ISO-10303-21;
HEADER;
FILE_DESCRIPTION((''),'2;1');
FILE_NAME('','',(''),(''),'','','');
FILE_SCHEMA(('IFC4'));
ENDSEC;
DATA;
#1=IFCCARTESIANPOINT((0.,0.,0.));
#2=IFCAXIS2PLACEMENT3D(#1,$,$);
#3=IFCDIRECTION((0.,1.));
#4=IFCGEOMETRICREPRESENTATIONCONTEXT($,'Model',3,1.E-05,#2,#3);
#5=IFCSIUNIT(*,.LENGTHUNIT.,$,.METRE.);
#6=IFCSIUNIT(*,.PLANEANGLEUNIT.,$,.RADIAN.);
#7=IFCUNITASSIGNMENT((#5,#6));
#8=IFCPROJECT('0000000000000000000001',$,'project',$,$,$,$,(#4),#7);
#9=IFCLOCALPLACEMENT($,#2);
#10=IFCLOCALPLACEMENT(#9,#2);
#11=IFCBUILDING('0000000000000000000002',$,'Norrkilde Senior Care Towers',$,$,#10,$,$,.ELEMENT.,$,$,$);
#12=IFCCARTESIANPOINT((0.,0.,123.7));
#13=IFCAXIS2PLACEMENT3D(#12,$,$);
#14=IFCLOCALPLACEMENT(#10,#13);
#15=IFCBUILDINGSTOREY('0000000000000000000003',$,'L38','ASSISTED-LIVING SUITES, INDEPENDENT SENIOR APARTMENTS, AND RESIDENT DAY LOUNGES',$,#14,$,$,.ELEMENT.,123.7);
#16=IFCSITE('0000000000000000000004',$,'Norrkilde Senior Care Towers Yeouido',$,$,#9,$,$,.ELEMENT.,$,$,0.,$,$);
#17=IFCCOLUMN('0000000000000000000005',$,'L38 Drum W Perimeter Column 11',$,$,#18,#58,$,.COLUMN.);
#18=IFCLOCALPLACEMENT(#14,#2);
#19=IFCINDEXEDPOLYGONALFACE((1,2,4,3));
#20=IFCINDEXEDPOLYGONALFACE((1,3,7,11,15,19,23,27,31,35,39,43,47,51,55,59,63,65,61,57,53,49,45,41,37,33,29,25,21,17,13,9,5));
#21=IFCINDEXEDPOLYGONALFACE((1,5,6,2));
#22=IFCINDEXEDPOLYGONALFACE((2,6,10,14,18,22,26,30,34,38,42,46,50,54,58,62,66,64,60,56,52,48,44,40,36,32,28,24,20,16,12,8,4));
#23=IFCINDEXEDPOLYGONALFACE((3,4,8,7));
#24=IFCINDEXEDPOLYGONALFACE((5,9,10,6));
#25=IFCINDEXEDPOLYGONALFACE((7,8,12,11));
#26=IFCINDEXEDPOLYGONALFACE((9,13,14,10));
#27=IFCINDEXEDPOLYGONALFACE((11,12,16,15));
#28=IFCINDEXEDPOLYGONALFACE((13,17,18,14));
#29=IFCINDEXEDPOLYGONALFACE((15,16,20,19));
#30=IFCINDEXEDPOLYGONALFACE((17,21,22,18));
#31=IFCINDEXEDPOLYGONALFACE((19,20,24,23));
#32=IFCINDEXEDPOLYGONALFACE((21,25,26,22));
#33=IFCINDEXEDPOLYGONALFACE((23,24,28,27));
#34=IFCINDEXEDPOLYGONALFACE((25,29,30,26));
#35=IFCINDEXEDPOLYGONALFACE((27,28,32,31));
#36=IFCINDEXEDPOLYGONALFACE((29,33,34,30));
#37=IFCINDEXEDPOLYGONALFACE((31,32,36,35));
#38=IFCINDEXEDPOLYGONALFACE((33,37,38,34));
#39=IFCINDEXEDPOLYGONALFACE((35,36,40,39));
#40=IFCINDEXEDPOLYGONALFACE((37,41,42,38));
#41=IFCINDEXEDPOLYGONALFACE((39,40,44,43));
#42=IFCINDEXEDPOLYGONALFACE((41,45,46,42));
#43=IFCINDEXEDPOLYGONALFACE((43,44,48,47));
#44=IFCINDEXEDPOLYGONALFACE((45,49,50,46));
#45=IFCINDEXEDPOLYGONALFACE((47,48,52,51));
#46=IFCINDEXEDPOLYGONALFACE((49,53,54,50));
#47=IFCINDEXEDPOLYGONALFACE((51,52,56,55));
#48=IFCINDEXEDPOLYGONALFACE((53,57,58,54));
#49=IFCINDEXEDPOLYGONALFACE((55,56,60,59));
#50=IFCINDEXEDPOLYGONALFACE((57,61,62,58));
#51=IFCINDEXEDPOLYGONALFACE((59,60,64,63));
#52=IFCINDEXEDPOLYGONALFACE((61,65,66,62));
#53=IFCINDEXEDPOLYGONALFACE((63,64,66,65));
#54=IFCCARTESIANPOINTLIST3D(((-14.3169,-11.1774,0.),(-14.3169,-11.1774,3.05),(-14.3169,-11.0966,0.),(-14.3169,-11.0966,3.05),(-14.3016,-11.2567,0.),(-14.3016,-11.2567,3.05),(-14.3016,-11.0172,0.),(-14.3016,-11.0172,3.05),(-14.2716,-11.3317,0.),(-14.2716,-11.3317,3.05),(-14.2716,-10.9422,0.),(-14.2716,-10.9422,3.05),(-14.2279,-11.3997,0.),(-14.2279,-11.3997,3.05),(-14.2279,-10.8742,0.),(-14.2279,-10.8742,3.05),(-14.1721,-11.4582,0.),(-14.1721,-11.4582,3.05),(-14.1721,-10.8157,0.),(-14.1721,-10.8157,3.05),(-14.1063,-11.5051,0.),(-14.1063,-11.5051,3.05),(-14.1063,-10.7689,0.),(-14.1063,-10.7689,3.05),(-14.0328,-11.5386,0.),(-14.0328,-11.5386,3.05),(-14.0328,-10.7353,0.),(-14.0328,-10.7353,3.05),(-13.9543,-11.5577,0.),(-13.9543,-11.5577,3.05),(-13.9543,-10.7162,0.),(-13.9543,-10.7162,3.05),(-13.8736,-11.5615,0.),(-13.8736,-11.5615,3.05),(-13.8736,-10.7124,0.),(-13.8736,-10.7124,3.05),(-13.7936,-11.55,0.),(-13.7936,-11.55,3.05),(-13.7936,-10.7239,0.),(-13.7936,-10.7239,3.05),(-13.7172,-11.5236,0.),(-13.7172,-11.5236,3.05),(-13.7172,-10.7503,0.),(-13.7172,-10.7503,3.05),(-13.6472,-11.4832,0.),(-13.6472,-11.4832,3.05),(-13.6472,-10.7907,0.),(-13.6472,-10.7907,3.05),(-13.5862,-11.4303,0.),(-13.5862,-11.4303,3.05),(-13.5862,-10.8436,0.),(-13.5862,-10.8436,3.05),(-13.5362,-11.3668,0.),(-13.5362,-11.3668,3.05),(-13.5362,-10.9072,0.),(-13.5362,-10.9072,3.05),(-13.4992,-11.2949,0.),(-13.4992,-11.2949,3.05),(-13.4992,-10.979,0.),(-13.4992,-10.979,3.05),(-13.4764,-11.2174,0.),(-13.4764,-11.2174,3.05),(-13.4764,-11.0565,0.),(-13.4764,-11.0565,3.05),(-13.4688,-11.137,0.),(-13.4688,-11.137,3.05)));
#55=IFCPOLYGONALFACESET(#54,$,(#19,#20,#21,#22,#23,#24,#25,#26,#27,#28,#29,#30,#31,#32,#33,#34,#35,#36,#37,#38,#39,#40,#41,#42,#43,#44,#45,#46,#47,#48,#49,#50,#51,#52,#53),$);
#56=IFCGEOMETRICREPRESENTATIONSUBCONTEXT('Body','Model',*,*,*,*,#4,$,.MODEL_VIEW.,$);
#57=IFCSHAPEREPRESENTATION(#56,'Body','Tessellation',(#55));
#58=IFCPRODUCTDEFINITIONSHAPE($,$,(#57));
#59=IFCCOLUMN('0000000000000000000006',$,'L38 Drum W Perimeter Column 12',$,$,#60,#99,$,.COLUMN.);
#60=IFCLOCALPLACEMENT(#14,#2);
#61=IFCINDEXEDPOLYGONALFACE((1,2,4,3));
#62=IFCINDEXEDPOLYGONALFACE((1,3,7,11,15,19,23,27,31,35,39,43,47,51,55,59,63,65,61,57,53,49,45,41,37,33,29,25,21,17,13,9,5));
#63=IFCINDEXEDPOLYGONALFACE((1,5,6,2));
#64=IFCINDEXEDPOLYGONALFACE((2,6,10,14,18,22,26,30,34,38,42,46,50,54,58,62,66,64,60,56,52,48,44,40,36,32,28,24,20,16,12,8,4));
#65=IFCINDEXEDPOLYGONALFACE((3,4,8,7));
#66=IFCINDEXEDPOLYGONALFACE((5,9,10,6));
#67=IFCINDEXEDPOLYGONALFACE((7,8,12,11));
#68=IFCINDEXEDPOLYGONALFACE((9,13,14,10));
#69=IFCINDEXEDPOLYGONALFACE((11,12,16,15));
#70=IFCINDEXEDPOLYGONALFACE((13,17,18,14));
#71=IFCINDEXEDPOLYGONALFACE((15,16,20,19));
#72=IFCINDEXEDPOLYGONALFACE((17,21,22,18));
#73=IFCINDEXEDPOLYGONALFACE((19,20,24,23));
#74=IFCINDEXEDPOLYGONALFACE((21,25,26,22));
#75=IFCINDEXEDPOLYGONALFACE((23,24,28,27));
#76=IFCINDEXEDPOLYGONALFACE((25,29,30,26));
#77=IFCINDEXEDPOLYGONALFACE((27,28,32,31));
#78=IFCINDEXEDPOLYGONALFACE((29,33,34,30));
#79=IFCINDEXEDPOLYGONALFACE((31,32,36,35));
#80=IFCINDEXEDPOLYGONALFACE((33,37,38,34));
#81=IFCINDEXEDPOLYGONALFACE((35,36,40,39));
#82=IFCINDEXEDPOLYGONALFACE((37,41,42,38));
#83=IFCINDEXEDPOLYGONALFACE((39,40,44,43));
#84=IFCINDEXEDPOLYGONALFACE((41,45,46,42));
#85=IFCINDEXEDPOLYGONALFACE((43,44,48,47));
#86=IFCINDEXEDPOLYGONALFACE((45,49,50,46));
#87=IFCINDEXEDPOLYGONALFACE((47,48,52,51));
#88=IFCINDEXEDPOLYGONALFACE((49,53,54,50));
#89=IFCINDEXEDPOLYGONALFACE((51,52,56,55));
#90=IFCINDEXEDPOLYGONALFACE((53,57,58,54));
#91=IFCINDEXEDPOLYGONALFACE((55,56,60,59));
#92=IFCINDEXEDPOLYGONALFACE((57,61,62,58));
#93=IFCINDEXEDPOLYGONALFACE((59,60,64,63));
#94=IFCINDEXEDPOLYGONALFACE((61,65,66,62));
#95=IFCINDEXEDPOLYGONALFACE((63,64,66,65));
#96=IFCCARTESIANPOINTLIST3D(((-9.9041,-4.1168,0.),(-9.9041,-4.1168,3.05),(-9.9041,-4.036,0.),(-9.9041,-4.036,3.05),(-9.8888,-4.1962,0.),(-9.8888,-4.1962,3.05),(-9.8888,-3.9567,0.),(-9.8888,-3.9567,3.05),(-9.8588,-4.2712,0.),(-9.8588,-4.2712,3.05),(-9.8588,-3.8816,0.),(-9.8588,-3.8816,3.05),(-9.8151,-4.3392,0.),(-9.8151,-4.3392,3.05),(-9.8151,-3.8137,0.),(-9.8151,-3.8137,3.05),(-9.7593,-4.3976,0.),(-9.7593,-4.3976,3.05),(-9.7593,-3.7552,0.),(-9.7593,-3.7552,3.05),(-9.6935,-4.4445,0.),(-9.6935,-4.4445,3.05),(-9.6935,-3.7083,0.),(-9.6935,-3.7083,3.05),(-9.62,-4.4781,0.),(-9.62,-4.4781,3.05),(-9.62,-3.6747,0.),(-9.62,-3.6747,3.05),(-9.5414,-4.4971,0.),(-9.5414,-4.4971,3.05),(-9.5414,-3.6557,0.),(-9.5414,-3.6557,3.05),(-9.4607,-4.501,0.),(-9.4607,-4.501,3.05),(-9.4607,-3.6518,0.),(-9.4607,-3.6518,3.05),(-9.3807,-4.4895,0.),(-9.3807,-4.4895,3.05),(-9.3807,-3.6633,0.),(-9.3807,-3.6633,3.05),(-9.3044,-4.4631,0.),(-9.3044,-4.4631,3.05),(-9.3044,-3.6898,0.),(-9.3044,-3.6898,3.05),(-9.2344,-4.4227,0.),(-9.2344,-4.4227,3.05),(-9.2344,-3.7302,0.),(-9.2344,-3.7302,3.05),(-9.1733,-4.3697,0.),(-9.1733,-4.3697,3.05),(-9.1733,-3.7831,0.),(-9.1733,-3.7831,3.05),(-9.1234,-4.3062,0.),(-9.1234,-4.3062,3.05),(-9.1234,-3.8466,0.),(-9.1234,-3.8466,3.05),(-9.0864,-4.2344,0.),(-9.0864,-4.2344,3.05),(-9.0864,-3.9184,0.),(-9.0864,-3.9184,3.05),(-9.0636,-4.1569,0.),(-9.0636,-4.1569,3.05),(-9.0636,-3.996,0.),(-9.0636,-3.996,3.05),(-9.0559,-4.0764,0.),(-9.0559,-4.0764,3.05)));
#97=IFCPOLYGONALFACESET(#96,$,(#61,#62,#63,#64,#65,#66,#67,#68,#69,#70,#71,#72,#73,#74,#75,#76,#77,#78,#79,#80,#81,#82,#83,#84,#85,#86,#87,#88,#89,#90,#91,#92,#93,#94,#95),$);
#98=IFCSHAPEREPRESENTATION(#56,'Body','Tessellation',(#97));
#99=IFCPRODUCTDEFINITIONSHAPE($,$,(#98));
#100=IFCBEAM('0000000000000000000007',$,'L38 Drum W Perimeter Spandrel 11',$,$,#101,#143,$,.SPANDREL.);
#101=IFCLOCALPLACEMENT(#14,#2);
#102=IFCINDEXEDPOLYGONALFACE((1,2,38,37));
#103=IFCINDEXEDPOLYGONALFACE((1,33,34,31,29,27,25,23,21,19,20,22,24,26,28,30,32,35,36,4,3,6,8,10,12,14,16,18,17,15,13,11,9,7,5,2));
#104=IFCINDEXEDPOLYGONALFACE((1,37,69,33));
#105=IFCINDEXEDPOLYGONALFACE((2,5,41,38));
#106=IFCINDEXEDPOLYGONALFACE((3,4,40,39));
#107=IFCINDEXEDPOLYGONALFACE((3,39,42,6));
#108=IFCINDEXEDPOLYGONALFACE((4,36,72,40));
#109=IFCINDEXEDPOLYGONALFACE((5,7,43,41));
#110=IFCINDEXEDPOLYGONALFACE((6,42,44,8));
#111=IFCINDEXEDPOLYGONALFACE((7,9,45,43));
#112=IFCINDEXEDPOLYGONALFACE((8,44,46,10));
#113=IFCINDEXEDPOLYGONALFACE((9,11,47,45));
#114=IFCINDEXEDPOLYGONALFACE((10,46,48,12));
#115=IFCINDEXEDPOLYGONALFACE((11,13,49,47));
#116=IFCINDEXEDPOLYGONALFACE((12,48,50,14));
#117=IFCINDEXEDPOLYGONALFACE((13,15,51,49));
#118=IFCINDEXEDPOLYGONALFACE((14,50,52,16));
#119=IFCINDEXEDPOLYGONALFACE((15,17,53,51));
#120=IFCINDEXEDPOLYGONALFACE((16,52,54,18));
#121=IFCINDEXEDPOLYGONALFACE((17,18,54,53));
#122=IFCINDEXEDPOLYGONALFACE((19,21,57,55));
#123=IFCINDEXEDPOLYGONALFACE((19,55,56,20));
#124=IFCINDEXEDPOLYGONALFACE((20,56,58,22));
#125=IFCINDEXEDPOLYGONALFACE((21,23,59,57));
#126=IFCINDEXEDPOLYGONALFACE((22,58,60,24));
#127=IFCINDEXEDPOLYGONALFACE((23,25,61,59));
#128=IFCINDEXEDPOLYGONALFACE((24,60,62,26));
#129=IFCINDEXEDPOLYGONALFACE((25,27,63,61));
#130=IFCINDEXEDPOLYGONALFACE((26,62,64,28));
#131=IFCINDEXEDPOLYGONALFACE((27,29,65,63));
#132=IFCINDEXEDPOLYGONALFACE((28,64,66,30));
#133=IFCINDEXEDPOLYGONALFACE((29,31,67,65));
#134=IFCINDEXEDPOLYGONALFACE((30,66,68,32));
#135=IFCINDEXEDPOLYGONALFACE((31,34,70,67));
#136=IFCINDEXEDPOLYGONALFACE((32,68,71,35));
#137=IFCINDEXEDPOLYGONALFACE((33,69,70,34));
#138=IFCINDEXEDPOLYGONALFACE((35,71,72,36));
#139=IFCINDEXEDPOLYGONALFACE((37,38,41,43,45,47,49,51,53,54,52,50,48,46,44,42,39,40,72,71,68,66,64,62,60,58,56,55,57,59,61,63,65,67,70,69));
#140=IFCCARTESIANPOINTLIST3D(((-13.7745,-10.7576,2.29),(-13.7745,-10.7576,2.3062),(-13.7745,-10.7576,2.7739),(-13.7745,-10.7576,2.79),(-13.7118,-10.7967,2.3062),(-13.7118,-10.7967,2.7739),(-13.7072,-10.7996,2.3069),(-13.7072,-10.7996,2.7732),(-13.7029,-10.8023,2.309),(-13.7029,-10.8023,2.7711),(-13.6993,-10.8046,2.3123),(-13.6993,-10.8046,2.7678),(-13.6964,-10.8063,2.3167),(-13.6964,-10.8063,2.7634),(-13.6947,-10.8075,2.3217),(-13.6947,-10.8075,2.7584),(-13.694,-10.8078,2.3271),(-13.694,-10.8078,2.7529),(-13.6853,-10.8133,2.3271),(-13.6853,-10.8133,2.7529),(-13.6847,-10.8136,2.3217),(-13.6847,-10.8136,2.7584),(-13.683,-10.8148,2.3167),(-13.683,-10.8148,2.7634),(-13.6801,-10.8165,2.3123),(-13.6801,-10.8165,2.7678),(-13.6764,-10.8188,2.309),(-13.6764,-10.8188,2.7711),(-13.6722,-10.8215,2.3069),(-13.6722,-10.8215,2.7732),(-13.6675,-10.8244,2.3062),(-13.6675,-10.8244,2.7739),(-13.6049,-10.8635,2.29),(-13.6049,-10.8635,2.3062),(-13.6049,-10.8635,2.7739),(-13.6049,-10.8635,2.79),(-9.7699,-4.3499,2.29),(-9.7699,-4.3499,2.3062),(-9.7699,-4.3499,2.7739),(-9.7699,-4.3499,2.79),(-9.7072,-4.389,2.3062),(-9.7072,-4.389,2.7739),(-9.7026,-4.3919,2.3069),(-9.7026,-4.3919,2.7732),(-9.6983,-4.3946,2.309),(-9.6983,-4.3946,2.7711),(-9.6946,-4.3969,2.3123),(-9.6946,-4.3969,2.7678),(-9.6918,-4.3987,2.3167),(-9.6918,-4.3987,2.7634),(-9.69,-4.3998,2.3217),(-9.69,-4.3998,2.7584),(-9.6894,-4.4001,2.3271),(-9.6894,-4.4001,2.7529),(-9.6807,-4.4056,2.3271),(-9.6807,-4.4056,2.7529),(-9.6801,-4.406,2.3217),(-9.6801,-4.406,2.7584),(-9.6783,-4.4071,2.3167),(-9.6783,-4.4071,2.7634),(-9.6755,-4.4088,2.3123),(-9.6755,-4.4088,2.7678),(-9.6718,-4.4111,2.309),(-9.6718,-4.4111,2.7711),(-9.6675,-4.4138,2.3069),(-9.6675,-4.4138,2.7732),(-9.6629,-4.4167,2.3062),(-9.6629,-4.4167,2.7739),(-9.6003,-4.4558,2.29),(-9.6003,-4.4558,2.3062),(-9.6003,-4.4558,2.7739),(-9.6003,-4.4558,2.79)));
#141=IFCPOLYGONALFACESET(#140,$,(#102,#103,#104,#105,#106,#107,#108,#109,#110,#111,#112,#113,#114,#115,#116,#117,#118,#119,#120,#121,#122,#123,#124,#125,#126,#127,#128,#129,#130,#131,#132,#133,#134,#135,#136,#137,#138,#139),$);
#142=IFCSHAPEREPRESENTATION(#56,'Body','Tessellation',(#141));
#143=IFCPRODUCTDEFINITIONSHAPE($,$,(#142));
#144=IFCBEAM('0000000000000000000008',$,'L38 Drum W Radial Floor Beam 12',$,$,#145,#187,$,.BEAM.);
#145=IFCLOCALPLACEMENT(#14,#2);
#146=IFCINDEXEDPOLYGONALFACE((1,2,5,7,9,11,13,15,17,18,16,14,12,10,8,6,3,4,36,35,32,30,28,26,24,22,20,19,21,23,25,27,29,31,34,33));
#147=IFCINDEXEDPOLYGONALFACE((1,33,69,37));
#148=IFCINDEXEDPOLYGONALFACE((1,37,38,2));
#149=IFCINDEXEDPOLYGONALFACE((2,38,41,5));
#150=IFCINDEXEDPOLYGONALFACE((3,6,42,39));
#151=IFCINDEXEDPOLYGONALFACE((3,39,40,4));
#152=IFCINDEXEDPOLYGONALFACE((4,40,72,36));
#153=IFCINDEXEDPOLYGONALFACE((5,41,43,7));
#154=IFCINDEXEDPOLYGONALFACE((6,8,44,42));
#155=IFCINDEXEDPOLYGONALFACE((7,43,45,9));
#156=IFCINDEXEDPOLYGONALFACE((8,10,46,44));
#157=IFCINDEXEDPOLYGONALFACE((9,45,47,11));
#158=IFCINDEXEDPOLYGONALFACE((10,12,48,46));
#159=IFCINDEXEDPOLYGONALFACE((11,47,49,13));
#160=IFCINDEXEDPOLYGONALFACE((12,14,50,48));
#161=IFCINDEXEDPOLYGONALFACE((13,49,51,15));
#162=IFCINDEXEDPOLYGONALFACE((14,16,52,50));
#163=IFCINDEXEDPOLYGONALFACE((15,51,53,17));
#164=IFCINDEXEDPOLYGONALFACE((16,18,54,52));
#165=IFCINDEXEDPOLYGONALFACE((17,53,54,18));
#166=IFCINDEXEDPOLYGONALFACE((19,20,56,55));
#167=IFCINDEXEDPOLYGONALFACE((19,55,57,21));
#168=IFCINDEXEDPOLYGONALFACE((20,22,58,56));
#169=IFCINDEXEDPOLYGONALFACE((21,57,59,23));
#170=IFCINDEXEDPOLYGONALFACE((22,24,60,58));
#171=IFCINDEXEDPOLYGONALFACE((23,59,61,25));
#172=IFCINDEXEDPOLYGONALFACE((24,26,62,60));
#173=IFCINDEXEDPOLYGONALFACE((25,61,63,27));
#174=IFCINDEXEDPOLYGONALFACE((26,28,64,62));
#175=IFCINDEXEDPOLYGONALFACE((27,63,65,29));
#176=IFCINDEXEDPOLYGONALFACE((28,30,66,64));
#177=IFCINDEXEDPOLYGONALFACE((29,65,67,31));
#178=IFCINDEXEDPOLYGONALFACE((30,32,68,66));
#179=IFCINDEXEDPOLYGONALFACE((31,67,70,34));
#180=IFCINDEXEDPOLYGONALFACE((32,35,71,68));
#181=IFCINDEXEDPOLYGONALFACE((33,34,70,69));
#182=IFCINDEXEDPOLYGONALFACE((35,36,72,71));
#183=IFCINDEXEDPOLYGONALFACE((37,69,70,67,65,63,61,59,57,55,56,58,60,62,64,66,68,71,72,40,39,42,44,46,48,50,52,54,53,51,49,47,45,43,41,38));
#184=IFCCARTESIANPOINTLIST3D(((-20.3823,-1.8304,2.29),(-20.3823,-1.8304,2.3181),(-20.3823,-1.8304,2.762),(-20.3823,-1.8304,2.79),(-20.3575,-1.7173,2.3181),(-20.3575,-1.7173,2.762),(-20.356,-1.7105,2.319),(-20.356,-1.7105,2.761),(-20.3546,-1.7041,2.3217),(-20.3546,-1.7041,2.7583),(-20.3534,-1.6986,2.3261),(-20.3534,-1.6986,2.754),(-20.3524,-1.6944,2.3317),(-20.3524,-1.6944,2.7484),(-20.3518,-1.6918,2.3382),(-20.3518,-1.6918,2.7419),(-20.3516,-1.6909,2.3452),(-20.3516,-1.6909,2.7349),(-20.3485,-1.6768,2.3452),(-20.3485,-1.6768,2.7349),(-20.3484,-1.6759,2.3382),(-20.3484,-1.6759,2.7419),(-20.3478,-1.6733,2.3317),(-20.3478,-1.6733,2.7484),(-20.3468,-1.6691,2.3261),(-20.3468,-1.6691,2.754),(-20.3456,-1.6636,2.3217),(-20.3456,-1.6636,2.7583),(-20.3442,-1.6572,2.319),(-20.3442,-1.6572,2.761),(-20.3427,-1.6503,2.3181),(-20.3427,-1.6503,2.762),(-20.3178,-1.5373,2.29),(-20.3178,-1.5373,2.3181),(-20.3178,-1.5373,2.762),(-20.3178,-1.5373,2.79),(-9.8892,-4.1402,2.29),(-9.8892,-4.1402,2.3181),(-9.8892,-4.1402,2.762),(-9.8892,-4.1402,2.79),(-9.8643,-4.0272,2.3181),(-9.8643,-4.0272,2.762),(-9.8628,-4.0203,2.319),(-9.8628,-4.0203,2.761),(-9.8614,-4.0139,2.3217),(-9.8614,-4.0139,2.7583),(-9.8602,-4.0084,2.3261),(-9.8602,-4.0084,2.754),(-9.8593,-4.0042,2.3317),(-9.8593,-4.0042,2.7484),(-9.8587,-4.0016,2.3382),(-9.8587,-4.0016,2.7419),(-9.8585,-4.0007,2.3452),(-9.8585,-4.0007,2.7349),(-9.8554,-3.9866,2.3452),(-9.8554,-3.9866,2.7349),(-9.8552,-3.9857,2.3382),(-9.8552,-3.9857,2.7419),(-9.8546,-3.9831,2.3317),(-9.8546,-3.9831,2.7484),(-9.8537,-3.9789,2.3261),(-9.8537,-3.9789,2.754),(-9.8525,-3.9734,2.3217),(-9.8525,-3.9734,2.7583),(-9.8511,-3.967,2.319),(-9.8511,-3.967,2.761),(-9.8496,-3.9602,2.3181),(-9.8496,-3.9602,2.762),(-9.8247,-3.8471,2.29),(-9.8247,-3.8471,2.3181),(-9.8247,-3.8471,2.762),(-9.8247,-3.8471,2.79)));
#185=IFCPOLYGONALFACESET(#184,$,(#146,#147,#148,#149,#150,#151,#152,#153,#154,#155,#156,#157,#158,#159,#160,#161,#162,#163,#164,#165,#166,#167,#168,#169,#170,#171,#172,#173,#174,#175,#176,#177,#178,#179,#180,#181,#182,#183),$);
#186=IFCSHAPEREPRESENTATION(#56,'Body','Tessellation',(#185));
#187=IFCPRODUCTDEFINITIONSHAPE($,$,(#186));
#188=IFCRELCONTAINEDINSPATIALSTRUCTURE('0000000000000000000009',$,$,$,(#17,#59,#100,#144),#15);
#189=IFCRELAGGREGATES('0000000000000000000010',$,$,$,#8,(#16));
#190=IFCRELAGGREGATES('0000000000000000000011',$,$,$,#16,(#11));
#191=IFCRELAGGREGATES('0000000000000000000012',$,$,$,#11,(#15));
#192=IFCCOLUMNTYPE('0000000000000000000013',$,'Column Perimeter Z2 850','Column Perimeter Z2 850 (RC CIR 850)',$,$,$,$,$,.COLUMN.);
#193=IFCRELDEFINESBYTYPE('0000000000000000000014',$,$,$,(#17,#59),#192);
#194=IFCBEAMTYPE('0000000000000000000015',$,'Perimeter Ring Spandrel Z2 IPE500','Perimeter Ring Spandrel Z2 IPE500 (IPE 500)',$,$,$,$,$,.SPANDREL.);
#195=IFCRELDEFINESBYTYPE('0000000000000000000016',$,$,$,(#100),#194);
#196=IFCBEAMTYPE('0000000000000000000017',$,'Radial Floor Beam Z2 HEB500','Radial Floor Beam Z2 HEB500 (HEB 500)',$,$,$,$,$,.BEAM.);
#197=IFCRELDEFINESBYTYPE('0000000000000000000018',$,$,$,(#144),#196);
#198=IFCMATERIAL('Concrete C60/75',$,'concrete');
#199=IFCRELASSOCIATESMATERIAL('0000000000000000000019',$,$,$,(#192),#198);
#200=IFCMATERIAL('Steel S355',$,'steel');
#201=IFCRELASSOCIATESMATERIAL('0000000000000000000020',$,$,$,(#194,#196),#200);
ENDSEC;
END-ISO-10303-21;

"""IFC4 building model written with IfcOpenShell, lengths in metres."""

from ifc_helpers import new_model, si_unit, direction, frame, origin, origin_2d, place, context, subcontext, project, spatial, circle, i_section, extrude, source, transform, mapped, material, material_profile, profile_set, type_object, type_shapes, element, save


model = new_model("IFC4")

# Units and contexts
model_context = context("Model", 3, precision=1e-05, world=origin(), true_north=direction((0.0, 1.0)))
body_context = subcontext(model_context, "Body", "Model", "MODEL_VIEW")
ifc_project = project(units=[si_unit("LENGTHUNIT", "METRE"), si_unit("PLANEANGLEUNIT", "RADIAN")], contexts=[model_context])

# Site, building, storey
site_placement = place(None, origin())
site = spatial("IfcSite", under=ifc_project, at=site_placement, Name="Norrkilde Senior Care Towers Yeouido", CompositionType="ELEMENT", RefElevation=0.0)
building_placement = place(site_placement, origin())
building = spatial("IfcBuilding", under=site, at=building_placement, Name="Norrkilde Senior Care Towers", CompositionType="ELEMENT")
storey_placement = place(building_placement, frame((0.0, 0.0, 123.7)))
storey = spatial("IfcBuildingStorey", under=building, at=storey_placement, Name="L38", Description="ASSISTED-LIVING SUITES, INDEPENDENT SENIOR APARTMENTS, AND RESIDENT DAY LOUNGES", CompositionType="ELEMENT", Elevation=123.7)

# Columns
ifc_material_1 = material(Name="Concrete C60/75", Category="concrete")
ifc_material_profile_1 = material_profile(ifc_material_1, circle(Radius=0.425, at=origin_2d()), Name="RC CIR 850")
ifc_profile_set_1 = profile_set([ifc_material_profile_1], Name="Concrete C60/75")
column_type = type_object("IfcColumnType", Name="Column Perimeter Z2 850", Description="Column Perimeter Z2 850 (RC CIR 850)", PredefinedType="COLUMN", material=ifc_profile_set_1)
shared_shape_1 = source(origin(), body_context, "Body", "SweptSolid", [
    extrude(circle(Radius=0.425, at=origin_2d()), origin(), (0.0, 0.0, 1.0), 3.05),
])
type_shapes(column_type, [shared_shape_1])
for number, where, z_axis, x_axis, name in (
    (1, (-13.8938, -11.137, 0.0), (0.0, 0.0, 1.0), (1.0, 0.0, 0.0), "L38 Drum W Perimeter Column 11"),
    (2, (-9.481, -4.0764, 0.0), (0.0, 0.0, 1.0), (1.0, 0.0, 0.0), "L38 Drum W Perimeter Column 12"),
):
    element("IfcColumn", number, at=place(storey_placement, frame(where, z_axis=z_axis, x_axis=x_axis)), inside=storey, type_object=column_type, Name=name, PredefinedType="COLUMN", context=body_context, shape_type="MappedRepresentation", body=[
        mapped(shared_shape_1, transform((0.0, 0.0, 0.0), x_axis=(1.0, 0.0, 0.0), y_axis=(0.0, 1.0, 0.0), z_axis=(0.0, 0.0, 1.0), scale=1.0)),
    ])

# Beams
ifc_material_2 = material(Name="Steel S355", Category="steel")
ifc_material_profile_2 = material_profile(ifc_material_2, i_section(OverallWidth=0.2, OverallDepth=0.5, WebThickness=0.0103, FlangeThickness=0.0161, FilletRadius=0.021, at=origin_2d()), Name="IPE 500")
ifc_profile_set_2 = profile_set([ifc_material_profile_2], Name="Steel S355")
beam_type_1 = type_object("IfcBeamType", Name="Perimeter Ring Spandrel Z2 IPE500", Description="Perimeter Ring Spandrel Z2 IPE500 (IPE 500)", PredefinedType="SPANDREL", material=ifc_profile_set_2)
shared_shape_2 = source(origin(), body_context, "Body", "SweptSolid", [
    extrude(i_section(OverallWidth=0.2, OverallDepth=0.5, WebThickness=0.0103, FlangeThickness=0.0161, FilletRadius=0.021, at=origin_2d()), origin(), (0.0, 0.0, 1.0), 7.5562),
])
beam_1_placement = place(storey_placement, frame((-13.6897, -10.8105, 2.54), z_axis=(0.529982, 0.848009, 0.0), x_axis=(-0.848009, 0.529982, 0.0)))
element("IfcBeam", 3, at=beam_1_placement, inside=storey, type_object=beam_type_1, Name="L38 Drum W Perimeter Spandrel 11", PredefinedType="SPANDREL", context=body_context, shape_type="MappedRepresentation", body=[
    mapped(shared_shape_2, transform((0.0, 0.0, 0.0), x_axis=(1.0, 0.0, 0.0), y_axis=(0.0, 1.0, 0.0), z_axis=(0.0, 0.0, 1.0), scale=1.0)),
])
ifc_material_profile_3 = material_profile(ifc_material_2, i_section(OverallWidth=0.3, OverallDepth=0.5, WebThickness=0.0144, FlangeThickness=0.0281, FilletRadius=0.0271, at=origin_2d()), Name="HEB 500")
ifc_profile_set_3 = profile_set([ifc_material_profile_3], Name="Steel S355")
beam_type_2 = type_object("IfcBeamType", Name="Radial Floor Beam Z2 HEB500", Description="Radial Floor Beam Z2 HEB500 (HEB 500)", PredefinedType="BEAM", material=ifc_profile_set_3)
shared_shape_3 = source(origin(), body_context, "Body", "SweptSolid", [
    extrude(i_section(OverallWidth=0.3, OverallDepth=0.5, WebThickness=0.0144, FlangeThickness=0.0281, FilletRadius=0.0271, at=origin_2d()), origin(), (0.0, 0.0, 1.0), 10.7444),
])
type_shapes(beam_type_2, [shared_shape_3])
beam_2_placement = place(storey_placement, frame((-20.3501, -1.6838, 2.54), z_axis=(0.976619, -0.214979, 0.0), x_axis=(0.214979, 0.976619, 0.0)))
element("IfcBeam", 4, at=beam_2_placement, inside=storey, type_object=beam_type_2, Name="L38 Drum W Radial Floor Beam 12", PredefinedType="BEAM", context=body_context, shape_type="MappedRepresentation", body=[
    mapped(shared_shape_3, transform((0.0, 0.0, 0.0), x_axis=(1.0, 0.0, 0.0), y_axis=(0.0, 1.0, 0.0), z_axis=(0.0, 0.0, 1.0), scale=1.0)),
])

save(model, "model.ifc")
